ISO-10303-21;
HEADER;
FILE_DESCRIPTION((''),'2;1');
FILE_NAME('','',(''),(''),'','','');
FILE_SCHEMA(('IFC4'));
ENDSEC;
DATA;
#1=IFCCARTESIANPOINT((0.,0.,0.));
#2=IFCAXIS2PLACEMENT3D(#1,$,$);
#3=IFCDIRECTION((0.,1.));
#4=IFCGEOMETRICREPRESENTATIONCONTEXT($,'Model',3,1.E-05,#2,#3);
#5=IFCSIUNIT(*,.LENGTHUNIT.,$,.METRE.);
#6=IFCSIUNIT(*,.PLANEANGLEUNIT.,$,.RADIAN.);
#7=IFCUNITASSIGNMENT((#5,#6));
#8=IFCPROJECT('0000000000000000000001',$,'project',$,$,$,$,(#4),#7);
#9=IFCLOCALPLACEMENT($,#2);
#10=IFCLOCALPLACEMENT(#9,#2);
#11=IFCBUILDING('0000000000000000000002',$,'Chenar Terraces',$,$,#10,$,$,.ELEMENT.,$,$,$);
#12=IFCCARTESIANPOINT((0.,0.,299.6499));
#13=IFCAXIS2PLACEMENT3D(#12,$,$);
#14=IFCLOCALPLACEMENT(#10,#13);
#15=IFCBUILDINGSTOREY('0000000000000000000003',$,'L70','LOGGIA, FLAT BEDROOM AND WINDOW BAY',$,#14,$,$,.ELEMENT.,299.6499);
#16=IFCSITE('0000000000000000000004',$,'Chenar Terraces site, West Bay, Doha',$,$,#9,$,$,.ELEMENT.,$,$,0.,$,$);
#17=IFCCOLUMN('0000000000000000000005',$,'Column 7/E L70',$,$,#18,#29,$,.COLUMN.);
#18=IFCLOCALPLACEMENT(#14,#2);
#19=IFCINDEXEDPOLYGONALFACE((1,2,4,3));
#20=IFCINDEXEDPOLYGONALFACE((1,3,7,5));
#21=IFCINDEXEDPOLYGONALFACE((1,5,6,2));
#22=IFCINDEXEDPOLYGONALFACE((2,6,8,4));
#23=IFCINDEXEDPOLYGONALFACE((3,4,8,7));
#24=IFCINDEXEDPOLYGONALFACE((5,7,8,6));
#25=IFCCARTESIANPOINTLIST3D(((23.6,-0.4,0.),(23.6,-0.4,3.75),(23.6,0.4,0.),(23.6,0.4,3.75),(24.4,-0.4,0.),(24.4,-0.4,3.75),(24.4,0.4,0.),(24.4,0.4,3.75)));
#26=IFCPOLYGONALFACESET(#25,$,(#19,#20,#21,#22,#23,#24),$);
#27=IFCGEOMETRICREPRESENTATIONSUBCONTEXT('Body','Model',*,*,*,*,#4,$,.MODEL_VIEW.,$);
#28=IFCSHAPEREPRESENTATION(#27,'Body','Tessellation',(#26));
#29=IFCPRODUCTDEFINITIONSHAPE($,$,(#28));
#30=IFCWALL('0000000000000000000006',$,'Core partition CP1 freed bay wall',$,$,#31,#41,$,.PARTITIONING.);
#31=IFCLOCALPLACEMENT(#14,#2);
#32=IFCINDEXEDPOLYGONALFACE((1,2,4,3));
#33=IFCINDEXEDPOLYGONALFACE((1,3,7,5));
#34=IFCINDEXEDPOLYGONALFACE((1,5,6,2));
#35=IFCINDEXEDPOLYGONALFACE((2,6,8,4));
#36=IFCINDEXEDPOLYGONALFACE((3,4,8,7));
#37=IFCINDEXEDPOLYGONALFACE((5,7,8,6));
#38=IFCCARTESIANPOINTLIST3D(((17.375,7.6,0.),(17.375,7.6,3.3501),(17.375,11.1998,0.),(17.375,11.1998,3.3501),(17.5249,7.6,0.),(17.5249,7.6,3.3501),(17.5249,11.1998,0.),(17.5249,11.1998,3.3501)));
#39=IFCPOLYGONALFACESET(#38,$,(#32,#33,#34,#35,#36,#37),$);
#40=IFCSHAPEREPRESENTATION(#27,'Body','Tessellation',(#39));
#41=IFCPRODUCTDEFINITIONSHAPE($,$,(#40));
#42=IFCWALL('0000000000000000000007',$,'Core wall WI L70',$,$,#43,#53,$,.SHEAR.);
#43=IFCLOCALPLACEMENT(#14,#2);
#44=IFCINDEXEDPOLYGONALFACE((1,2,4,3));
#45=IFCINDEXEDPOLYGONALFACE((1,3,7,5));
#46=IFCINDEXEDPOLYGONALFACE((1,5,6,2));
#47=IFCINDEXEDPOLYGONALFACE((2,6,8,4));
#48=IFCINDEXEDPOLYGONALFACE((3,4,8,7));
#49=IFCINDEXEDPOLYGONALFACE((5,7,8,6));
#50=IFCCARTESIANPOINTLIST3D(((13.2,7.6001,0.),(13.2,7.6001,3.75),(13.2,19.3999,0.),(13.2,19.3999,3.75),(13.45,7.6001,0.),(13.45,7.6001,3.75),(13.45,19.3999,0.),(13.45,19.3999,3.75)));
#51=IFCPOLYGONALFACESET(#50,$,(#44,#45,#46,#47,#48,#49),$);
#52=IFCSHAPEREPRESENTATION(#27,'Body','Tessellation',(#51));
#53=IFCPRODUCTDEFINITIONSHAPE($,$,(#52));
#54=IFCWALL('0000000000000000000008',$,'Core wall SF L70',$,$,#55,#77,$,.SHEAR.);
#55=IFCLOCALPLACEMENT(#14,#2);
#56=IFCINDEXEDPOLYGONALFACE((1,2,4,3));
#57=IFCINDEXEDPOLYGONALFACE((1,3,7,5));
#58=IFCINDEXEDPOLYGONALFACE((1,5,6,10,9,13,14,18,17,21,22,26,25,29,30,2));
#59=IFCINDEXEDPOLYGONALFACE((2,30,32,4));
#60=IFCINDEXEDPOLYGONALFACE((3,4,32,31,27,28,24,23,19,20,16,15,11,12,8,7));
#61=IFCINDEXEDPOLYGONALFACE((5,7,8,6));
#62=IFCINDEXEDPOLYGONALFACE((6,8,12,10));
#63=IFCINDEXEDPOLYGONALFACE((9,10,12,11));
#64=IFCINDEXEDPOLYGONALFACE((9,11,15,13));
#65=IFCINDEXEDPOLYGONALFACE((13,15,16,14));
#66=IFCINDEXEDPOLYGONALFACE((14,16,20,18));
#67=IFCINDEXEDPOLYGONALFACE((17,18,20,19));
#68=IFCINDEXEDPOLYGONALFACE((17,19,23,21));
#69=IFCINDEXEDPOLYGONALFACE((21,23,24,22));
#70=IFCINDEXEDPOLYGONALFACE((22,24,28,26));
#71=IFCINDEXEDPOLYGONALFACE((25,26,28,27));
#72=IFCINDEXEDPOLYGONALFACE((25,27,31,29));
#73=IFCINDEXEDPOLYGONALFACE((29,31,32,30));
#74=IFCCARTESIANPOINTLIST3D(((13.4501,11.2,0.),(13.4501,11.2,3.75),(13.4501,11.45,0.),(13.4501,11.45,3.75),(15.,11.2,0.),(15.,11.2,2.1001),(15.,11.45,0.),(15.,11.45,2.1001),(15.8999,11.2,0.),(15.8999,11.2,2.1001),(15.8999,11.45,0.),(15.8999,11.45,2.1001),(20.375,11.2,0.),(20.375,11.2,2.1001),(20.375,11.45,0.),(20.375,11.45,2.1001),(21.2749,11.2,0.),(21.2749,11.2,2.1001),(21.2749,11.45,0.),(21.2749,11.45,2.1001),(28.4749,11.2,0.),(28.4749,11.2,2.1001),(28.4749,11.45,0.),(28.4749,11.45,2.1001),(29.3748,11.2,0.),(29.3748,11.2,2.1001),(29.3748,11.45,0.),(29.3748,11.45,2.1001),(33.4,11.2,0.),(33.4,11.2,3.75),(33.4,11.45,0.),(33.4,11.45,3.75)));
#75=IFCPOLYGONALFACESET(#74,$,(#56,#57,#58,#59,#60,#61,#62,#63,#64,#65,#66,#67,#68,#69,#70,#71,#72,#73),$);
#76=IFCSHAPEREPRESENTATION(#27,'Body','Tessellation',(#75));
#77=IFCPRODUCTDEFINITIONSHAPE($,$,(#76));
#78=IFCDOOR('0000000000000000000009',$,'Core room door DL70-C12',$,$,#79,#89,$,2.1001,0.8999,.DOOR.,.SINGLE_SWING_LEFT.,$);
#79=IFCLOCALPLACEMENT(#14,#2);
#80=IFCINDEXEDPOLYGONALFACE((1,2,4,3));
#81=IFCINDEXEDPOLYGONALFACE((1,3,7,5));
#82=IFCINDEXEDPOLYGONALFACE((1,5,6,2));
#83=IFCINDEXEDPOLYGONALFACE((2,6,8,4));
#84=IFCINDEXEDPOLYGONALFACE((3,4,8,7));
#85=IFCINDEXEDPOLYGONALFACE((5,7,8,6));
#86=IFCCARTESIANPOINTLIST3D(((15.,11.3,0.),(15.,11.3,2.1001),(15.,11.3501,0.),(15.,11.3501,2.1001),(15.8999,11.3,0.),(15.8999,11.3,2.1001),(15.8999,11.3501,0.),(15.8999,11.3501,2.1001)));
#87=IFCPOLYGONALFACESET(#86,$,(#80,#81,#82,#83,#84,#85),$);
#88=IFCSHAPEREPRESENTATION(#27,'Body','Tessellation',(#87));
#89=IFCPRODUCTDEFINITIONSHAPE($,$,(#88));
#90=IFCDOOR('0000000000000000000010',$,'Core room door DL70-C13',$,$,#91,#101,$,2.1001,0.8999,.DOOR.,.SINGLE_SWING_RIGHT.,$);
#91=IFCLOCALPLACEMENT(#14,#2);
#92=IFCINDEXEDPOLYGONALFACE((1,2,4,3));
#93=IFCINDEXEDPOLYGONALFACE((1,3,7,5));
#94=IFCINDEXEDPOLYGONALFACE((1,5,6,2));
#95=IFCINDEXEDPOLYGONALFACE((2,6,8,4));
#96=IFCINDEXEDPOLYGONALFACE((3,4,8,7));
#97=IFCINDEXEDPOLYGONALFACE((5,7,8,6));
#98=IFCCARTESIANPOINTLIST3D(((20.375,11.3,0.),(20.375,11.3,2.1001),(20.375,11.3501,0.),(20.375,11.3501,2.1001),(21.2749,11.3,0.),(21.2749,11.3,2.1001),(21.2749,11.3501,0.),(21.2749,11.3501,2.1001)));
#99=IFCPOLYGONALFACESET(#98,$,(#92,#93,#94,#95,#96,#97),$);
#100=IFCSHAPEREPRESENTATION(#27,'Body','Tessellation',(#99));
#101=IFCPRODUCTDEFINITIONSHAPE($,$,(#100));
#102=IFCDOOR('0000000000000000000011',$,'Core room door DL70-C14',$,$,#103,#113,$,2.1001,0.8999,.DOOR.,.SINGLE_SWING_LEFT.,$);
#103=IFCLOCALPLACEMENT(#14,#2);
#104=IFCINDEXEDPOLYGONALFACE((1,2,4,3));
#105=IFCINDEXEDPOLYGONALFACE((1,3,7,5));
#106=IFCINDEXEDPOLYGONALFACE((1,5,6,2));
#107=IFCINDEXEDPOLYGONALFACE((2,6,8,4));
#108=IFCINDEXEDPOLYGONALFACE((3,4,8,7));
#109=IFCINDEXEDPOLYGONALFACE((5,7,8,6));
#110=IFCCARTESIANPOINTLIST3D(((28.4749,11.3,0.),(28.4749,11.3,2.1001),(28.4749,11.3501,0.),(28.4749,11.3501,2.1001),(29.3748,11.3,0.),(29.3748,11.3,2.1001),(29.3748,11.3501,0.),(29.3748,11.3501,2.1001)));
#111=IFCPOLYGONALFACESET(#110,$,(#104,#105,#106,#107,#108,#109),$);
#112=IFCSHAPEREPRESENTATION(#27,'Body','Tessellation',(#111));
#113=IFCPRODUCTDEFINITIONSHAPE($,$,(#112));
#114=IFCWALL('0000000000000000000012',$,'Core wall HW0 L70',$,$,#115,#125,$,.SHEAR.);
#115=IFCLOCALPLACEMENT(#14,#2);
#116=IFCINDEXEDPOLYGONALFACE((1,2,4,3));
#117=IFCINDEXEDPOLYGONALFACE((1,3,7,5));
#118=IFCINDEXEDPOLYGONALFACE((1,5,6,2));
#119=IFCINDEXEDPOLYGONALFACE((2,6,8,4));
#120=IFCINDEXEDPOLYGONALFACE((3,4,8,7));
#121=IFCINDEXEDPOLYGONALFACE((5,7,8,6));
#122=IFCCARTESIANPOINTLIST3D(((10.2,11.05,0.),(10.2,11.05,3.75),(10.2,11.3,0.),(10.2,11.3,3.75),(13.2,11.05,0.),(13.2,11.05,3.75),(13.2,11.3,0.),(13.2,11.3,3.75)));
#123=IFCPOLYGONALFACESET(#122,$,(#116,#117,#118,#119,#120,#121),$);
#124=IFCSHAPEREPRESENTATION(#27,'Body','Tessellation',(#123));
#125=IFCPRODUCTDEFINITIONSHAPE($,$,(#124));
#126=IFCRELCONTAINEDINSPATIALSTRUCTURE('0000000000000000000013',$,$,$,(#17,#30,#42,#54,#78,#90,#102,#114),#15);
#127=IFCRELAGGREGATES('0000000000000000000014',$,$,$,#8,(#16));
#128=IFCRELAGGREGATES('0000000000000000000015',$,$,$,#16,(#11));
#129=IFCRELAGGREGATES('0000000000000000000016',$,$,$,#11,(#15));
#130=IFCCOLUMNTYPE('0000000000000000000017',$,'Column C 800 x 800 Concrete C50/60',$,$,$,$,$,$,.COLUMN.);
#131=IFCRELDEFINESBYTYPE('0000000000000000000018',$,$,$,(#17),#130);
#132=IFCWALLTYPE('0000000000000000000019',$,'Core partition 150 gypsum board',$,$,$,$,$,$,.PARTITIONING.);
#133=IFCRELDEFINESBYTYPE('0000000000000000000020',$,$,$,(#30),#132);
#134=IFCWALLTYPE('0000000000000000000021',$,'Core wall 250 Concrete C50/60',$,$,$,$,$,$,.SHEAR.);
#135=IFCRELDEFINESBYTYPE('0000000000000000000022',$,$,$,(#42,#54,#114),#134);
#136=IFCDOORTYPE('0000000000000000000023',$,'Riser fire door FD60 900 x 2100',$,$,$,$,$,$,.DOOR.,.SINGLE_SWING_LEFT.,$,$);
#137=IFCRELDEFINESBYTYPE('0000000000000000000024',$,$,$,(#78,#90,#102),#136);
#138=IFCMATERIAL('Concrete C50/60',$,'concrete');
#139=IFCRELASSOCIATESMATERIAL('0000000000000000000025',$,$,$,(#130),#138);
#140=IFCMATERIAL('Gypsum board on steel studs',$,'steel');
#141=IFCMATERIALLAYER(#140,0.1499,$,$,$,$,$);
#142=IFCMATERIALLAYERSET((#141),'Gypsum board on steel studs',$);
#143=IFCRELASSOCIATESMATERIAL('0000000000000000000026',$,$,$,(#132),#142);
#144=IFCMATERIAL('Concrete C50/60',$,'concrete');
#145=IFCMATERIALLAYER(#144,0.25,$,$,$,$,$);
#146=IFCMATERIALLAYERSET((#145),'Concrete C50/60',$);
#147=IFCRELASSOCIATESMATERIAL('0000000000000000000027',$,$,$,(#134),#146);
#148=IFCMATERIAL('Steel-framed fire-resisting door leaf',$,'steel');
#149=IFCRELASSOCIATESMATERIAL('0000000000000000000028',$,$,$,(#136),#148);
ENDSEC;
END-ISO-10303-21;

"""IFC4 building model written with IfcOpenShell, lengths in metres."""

from ifc_helpers import new_model, si_unit, direction, frame, frame_2d, origin, origin_2d, place, context, subcontext, project, spatial, rectangle, extrude, material, layer, layer_set, material_profile, profile_set, type_object, element, fill, save


model = new_model("IFC4")

# Units and contexts
model_context = context("Model", 3, precision=1e-05, world=origin(), true_north=direction((0.0, 1.0)))
body_context = subcontext(model_context, "Body", "Model", "MODEL_VIEW")
ifc_project = project(units=[si_unit("LENGTHUNIT", "METRE"), si_unit("PLANEANGLEUNIT", "RADIAN")], contexts=[model_context])

# Site, building, storey
site_placement = place(None, origin())
site = spatial("IfcSite", under=ifc_project, at=site_placement, Name="Chenar Terraces site, West Bay, Doha", CompositionType="ELEMENT", RefElevation=0.0)
building_placement = place(site_placement, origin())
building = spatial("IfcBuilding", under=site, at=building_placement, Name="Chenar Terraces", CompositionType="ELEMENT")
storey_placement = place(building_placement, frame((0.0, 0.0, 299.6499)))
storey = spatial("IfcBuildingStorey", under=building, at=storey_placement, Name="L70", Description="LOGGIA, FLAT BEDROOM AND WINDOW BAY", CompositionType="ELEMENT", Elevation=299.6499)

# Column
ifc_material_1 = material(Name="Concrete C50/60", Category="concrete")
ifc_material_profile = material_profile(ifc_material_1, rectangle(XDim=0.8, YDim=0.8, at=origin_2d()), Name="C 800 x 800")
ifc_profile_set = profile_set([ifc_material_profile], Name="Concrete C50/60")
column_type = type_object("IfcColumnType", Name="Column C 800 x 800 Concrete C50/60", PredefinedType="COLUMN", material=ifc_profile_set)
column_placement = place(storey_placement, frame((24.0, 0.0, 0.0), z_axis=(0.0, 0.0, 1.0), x_axis=(1.0, 0.0, 0.0)))
element("IfcColumn", 1, at=column_placement, inside=storey, type_object=column_type, Name="Column 7/E L70", PredefinedType="COLUMN", context=body_context, shape_type="SweptSolid", body=[
    extrude(rectangle(XDim=0.8, YDim=0.8, at=origin_2d()), origin(), (0.0, 0.0, 1.0), 3.75),
])

# Walls
ifc_material_2 = material(Name="Gypsum board on steel studs", Category="steel")
ifc_layer_1 = layer(ifc_material_2, 0.1499)
ifc_layer_set_1 = layer_set([ifc_layer_1], Name="Gypsum board on steel studs")
wall_type_1 = type_object("IfcWallType", Name="Core partition 150 gypsum board", PredefinedType="PARTITIONING", material=ifc_layer_set_1)
wall_1_placement = place(storey_placement, frame((17.45, 7.6001, 0.0), z_axis=(0.0, 0.0, 1.0), x_axis=(0.0, 1.0, 0.0)))
element("IfcWall", 2, at=wall_1_placement, inside=storey, type_object=wall_type_1, Name="Core partition CP1 freed bay wall", PredefinedType="PARTITIONING", context=body_context, shape_type="SweptSolid", body=[
    extrude(rectangle(XDim=3.5999, YDim=0.1499, at=frame_2d((1.7998, 0.0))), origin(), (0.0, 0.0, 1.0), 3.3501),
])
ifc_material_3 = material(Name="Concrete C50/60", Category="concrete")
ifc_layer_2 = layer(ifc_material_3, 0.25)
ifc_layer_set_2 = layer_set([ifc_layer_2], Name="Concrete C50/60")
wall_type_2 = type_object("IfcWallType", Name="Core wall 250 Concrete C50/60", PredefinedType="SHEAR", material=ifc_layer_set_2)
wall_2_placement = place(storey_placement, frame((13.325, 7.6001, 0.0), z_axis=(0.0, 0.0, 1.0), x_axis=(0.0, 1.0, 0.0)))
element("IfcWall", 3, at=wall_2_placement, inside=storey, type_object=wall_type_2, Name="Core wall WI L70", PredefinedType="SHEAR", context=body_context, shape_type="SweptSolid", body=[
    extrude(rectangle(XDim=11.7998, YDim=0.25, at=frame_2d((5.8999, 0.0))), origin(), (0.0, 0.0, 1.0), 3.75),
])

# Wall, openings, doors
wall_3_placement = place(storey_placement, frame((13.45, 11.325, 0.0), z_axis=(0.0, 0.0, 1.0), x_axis=(1.0, 0.0, 0.0)))
wall_3 = element("IfcWall", 4, at=wall_3_placement, inside=storey, type_object=wall_type_2, Name="Core wall SF L70", PredefinedType="SHEAR", context=body_context, shape_type="SweptSolid", body=[
    extrude(rectangle(XDim=19.95, YDim=0.25, at=frame_2d((9.9751, 0.0))), origin(), (0.0, 0.0, 1.0), 3.75),
])
opening_1_placement = place(wall_3_placement, frame((1.55, 0.0, 0.0)))
opening_1 = element("IfcOpeningElement", 5, at=opening_1_placement, cuts=wall_3, PredefinedType="OPENING", context=body_context, shape_type="SweptSolid", body=[
    extrude(rectangle(XDim=0.8999, YDim=2.1001, at=frame_2d((0.45, 1.05))), frame((0.0, 0.135, 0.0), z_axis=(0.0, -1.0, 0.0), x_axis=(1.0, 0.0, 0.0)), (0.0, 0.0, 1.0), 0.27),
])
opening_2_placement = place(wall_3_placement, frame((6.925, 0.0, 0.0)))
opening_2 = element("IfcOpeningElement", 6, at=opening_2_placement, cuts=wall_3, PredefinedType="OPENING", context=body_context, shape_type="SweptSolid", body=[
    extrude(rectangle(XDim=0.8999, YDim=2.1001, at=frame_2d((0.45, 1.05))), frame((0.0, 0.135, 0.0), z_axis=(0.0, -1.0, 0.0), x_axis=(1.0, 0.0, 0.0)), (0.0, 0.0, 1.0), 0.27),
])
opening_3_placement = place(wall_3_placement, frame((15.0249, 0.0, 0.0)))
opening_3 = element("IfcOpeningElement", 7, at=opening_3_placement, cuts=wall_3, PredefinedType="OPENING", context=body_context, shape_type="SweptSolid", body=[
    extrude(rectangle(XDim=0.8999, YDim=2.1001, at=frame_2d((0.45, 1.05))), frame((0.0, 0.135, 0.0), z_axis=(0.0, -1.0, 0.0), x_axis=(1.0, 0.0, 0.0)), (0.0, 0.0, 1.0), 0.27),
])
ifc_material_4 = material(Name="Steel-framed fire-resisting door leaf", Category="steel")
door_type_1 = type_object("IfcDoorType", Name="Riser fire door FD60 900 x 2100", OperationType="SINGLE_SWING_LEFT", PredefinedType="DOOR", material=ifc_material_4)
door_1_placement = place(opening_1_placement, frame((0.8999, 0.0, 0.0), z_axis=(0.0, 0.0, 1.0), x_axis=(-1.0, 0.0, 0.0)))
door_1 = element("IfcDoor", 8, at=door_1_placement, inside=storey, type_object=door_type_1, Name="Core room door DL70-C12", OperationType="SINGLE_SWING_LEFT", OverallHeight=2.1001, OverallWidth=0.8999, PredefinedType="DOOR", context=body_context, shape_type="SweptSolid", body=[
    extrude(rectangle(XDim=0.8999, YDim=2.1001, at=frame_2d((0.45, 1.05))), frame((0.0, 0.0249, 0.0), z_axis=(0.0, -1.0, 0.0), x_axis=(1.0, 0.0, 0.0)), (0.0, 0.0, 1.0), 0.05),
])
fill(opening_1, door_1)
door_2_placement = place(opening_2_placement, frame((0.8999, 0.0, 0.0), z_axis=(0.0, 0.0, 1.0), x_axis=(-1.0, 0.0, 0.0)))
door_2 = element("IfcDoor", 9, at=door_2_placement, inside=storey, type_object=door_type_1, Name="Core room door DL70-C13", OperationType="SINGLE_SWING_RIGHT", OverallHeight=2.1001, OverallWidth=0.8999, PredefinedType="DOOR", context=body_context, shape_type="SweptSolid", body=[
    extrude(rectangle(XDim=0.8999, YDim=2.1001, at=frame_2d((0.45, 1.05))), frame((0.0, 0.0249, 0.0), z_axis=(0.0, -1.0, 0.0), x_axis=(1.0, 0.0, 0.0)), (0.0, 0.0, 1.0), 0.05),
])
fill(opening_2, door_2)
door_3_placement = place(opening_3_placement, frame((0.8999, 0.0, 0.0), z_axis=(0.0, 0.0, 1.0), x_axis=(-1.0, 0.0, 0.0)))
door_3 = element("IfcDoor", 10, at=door_3_placement, inside=storey, type_object=door_type_1, Name="Core room door DL70-C14", OperationType="SINGLE_SWING_LEFT", OverallHeight=2.1001, OverallWidth=0.8999, PredefinedType="DOOR", context=body_context, shape_type="SweptSolid", body=[
    extrude(rectangle(XDim=0.8999, YDim=2.1001, at=frame_2d((0.45, 1.05))), frame((0.0, 0.0249, 0.0), z_axis=(0.0, -1.0, 0.0), x_axis=(1.0, 0.0, 0.0)), (0.0, 0.0, 1.0), 0.05),
])
fill(opening_3, door_3)

# Wall
wall_4_placement = place(storey_placement, frame((10.2, 11.175, 0.0), z_axis=(0.0, 0.0, 1.0), x_axis=(1.0, 0.0, 0.0)))
element("IfcWall", 11, at=wall_4_placement, inside=storey, type_object=wall_type_2, Name="Core wall HW0 L70", PredefinedType="SHEAR", context=body_context, shape_type="SweptSolid", body=[
    extrude(rectangle(XDim=3.0, YDim=0.25, at=frame_2d((1.5, 0.0))), origin(), (0.0, 0.0, 1.0), 3.75),
])

save(model, "model.ifc")
